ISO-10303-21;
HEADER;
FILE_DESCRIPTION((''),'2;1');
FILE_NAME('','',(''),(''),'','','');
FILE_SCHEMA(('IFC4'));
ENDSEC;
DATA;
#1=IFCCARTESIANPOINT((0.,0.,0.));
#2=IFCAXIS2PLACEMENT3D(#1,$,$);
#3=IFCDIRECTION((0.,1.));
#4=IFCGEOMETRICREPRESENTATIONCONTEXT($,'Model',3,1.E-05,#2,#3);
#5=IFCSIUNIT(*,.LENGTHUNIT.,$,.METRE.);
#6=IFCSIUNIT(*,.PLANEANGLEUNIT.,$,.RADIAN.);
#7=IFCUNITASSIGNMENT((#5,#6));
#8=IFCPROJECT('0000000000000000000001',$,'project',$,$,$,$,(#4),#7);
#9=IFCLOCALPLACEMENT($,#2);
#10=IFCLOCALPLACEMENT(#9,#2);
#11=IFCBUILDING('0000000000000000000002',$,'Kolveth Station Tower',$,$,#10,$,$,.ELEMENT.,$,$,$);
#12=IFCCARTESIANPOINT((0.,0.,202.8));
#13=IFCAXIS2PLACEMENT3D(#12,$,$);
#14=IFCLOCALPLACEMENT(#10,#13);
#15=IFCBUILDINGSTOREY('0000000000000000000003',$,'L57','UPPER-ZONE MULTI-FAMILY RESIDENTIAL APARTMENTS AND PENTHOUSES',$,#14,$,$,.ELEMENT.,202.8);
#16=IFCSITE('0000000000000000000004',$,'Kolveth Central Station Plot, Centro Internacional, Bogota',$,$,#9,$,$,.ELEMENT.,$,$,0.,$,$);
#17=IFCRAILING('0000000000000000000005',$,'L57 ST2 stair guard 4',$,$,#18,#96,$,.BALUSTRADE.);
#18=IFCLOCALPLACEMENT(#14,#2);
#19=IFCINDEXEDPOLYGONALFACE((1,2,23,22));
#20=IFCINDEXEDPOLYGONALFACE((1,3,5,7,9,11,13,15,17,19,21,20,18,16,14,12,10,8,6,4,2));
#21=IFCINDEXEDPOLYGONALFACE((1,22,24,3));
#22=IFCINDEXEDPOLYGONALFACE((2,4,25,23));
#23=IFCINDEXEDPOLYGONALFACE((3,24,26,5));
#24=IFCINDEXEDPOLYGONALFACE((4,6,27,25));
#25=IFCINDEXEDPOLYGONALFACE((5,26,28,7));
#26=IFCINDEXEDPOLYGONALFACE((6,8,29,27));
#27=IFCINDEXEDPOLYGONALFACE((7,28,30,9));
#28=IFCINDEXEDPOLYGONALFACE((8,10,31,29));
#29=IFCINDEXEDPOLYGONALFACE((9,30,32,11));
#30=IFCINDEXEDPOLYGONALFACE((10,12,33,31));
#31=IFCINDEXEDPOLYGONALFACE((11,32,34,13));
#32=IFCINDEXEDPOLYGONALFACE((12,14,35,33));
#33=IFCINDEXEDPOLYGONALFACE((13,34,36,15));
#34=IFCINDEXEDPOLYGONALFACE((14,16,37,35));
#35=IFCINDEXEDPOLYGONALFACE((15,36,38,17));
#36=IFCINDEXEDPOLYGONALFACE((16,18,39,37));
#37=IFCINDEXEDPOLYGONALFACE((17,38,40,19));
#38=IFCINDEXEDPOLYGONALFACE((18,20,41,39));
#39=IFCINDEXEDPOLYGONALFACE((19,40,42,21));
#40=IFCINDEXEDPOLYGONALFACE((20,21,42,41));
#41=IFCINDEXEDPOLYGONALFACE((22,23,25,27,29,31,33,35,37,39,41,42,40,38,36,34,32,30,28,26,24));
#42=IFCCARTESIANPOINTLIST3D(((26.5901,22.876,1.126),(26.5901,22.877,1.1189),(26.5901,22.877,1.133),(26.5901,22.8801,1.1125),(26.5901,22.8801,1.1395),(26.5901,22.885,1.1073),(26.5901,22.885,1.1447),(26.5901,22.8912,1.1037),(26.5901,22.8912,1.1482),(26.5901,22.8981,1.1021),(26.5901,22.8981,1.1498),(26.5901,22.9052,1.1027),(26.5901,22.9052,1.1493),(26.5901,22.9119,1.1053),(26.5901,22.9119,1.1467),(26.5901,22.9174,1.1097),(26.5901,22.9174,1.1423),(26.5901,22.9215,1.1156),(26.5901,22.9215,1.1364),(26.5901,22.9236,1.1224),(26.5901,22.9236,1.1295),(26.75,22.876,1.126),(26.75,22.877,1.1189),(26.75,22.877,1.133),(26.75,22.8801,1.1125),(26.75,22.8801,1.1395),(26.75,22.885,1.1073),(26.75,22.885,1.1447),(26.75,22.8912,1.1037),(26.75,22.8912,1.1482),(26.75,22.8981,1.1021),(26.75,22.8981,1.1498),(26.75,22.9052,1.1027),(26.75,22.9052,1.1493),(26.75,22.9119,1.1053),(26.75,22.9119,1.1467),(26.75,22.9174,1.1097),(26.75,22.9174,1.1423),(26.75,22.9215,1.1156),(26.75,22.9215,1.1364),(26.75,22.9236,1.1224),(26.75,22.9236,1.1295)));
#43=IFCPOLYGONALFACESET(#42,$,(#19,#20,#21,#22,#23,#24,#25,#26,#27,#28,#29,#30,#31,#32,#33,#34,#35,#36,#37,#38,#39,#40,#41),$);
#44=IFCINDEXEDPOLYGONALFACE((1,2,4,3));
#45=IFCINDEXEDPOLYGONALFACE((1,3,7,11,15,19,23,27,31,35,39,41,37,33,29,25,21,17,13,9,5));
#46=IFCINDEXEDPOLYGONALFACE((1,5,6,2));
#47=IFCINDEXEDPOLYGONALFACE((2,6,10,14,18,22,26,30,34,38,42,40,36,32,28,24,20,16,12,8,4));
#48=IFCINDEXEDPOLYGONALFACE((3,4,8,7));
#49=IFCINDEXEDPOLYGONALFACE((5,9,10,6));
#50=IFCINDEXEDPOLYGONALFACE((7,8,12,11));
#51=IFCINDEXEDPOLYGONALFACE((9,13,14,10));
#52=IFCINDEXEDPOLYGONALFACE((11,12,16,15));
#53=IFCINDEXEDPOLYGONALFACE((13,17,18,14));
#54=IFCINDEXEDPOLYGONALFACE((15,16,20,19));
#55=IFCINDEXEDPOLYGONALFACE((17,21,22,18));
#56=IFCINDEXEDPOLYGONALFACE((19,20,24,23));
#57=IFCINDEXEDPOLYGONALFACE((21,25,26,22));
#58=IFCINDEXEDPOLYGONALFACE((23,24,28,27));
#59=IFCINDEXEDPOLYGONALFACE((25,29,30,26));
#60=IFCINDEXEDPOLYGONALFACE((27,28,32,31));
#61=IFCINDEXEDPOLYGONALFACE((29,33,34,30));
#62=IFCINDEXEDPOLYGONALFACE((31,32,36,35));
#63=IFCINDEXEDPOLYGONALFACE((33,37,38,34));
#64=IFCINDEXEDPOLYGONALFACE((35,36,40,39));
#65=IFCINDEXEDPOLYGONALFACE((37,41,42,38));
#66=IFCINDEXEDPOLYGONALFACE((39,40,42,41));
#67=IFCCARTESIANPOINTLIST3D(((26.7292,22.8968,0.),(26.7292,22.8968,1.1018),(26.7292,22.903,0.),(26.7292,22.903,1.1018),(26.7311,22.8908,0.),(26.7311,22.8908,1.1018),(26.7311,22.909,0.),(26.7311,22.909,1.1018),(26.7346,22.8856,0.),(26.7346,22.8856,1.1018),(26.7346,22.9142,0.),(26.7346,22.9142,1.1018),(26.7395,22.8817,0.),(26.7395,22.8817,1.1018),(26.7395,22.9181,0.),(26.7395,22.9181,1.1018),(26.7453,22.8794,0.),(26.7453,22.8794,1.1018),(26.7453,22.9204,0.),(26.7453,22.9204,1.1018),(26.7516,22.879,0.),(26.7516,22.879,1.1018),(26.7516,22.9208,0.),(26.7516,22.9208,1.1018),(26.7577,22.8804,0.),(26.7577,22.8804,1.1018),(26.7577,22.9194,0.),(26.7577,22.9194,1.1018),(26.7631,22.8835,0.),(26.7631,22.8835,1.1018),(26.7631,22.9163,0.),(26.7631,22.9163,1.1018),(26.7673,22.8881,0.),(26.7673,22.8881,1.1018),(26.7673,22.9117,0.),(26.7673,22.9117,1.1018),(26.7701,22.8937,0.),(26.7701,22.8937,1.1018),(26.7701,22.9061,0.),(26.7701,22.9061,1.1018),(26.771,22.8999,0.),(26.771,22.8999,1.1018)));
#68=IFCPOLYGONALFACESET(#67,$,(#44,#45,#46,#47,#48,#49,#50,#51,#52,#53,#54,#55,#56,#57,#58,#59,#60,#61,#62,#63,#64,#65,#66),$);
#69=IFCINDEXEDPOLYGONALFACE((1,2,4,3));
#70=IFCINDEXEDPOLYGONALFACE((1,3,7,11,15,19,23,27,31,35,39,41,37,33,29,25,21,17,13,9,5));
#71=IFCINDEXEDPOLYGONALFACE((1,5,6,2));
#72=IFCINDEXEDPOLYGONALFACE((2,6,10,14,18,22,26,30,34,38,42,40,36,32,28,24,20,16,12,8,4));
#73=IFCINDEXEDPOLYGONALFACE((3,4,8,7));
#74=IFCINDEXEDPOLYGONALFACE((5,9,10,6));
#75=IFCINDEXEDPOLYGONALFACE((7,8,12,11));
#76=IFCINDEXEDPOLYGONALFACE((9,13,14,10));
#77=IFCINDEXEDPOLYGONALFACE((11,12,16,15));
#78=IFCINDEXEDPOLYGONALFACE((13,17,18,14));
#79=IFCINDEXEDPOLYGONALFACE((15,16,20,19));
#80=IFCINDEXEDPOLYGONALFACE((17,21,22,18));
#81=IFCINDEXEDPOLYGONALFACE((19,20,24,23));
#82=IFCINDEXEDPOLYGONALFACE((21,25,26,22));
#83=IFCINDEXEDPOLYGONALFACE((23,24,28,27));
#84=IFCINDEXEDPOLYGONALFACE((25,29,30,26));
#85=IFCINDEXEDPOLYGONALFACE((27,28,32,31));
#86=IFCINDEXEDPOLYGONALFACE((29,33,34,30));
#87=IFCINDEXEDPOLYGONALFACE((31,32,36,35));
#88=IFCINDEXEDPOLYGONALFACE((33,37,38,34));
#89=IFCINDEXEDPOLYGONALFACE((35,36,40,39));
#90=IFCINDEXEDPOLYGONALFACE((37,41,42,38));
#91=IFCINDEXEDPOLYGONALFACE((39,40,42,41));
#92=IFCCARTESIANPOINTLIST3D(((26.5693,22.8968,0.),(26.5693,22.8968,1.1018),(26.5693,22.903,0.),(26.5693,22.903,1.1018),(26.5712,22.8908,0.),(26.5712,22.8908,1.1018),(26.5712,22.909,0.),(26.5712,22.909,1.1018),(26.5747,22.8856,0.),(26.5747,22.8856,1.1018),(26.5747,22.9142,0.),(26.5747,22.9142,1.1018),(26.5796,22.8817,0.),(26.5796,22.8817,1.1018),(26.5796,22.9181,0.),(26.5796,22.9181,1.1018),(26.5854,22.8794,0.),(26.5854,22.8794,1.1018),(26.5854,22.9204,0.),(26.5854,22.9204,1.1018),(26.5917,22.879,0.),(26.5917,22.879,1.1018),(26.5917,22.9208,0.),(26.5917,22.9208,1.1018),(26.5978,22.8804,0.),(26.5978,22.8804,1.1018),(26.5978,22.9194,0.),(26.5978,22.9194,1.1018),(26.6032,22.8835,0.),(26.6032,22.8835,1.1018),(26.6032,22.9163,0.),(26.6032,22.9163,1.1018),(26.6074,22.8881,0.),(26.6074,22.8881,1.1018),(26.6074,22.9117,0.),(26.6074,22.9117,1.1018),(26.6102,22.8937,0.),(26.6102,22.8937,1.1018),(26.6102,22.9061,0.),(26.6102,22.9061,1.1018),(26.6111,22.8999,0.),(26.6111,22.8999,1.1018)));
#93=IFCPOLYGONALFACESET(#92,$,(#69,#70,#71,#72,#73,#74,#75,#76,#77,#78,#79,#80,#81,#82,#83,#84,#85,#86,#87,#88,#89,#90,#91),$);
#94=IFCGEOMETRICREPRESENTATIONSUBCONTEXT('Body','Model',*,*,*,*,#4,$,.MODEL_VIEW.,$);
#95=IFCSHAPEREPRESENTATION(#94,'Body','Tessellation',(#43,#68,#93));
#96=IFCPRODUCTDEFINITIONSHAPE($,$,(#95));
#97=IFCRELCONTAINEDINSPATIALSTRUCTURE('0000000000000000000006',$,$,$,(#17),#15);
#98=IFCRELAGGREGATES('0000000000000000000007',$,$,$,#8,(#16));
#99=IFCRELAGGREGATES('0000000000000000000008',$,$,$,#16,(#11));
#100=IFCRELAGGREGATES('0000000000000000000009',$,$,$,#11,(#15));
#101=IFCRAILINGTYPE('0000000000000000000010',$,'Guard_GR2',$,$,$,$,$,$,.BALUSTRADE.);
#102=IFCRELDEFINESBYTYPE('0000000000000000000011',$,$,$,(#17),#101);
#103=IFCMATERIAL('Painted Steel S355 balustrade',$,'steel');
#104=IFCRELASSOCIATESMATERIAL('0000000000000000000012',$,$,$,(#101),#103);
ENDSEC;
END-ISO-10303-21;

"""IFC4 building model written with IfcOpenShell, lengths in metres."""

from ifc_helpers import new_model, si_unit, direction, frame, origin, origin_2d, place, context, subcontext, project, spatial, circle, extrude, material, type_object, element, save


model = new_model("IFC4")

# Units and contexts
model_context = context("Model", 3, precision=1e-05, world=origin(), true_north=direction((0.0, 1.0)))
body_context = subcontext(model_context, "Body", "Model", "MODEL_VIEW")
ifc_project = project(units=[si_unit("LENGTHUNIT", "METRE"), si_unit("PLANEANGLEUNIT", "RADIAN")], contexts=[model_context])

# Site, building, storey
site_placement = place(None, origin())
site = spatial("IfcSite", under=ifc_project, at=site_placement, Name="Kolveth Central Station Plot, Centro Internacional, Bogota", CompositionType="ELEMENT", RefElevation=0.0)
building_placement = place(site_placement, origin())
building = spatial("IfcBuilding", under=site, at=building_placement, Name="Kolveth Station Tower", CompositionType="ELEMENT")
storey_placement = place(building_placement, frame((0.0, 0.0, 202.8)))
storey = spatial("IfcBuildingStorey", under=building, at=storey_placement, Name="L57", Description="UPPER-ZONE MULTI-FAMILY RESIDENTIAL APARTMENTS AND PENTHOUSES", CompositionType="ELEMENT", Elevation=202.8)

# Railing
ifc_material_1 = material(Name="Painted Steel S355 balustrade", Category="steel")
railing_type_1 = type_object("IfcRailingType", Name="Guard_GR2", PredefinedType="BALUSTRADE", material=ifc_material_1)
railing_placement = place(storey_placement, frame((26.75, 22.8999, 0.0)))
element("IfcRailing", 1, at=railing_placement, inside=storey, type_object=railing_type_1, Name="L57 ST2 stair guard 4", PredefinedType="BALUSTRADE", context=body_context, shape_type="SweptSolid", body=[
    extrude(circle(Radius=0.0239, at=origin_2d()), frame((0.0, 0.0, 1.126), z_axis=(-1.0, 0.0, 0.0), x_axis=(0.0, -1.0, 0.0)), (0.0, 0.0, 1.0), 0.1599),
    extrude(circle(Radius=0.021, at=origin_2d()), origin(), (0.0, 0.0, 1.0), 1.1018),
    extrude(circle(Radius=0.021, at=origin_2d()), frame((-0.1599, 0.0, 0.0)), (0.0, 0.0, 1.0), 1.1018),
])

save(model, "model.ifc")
